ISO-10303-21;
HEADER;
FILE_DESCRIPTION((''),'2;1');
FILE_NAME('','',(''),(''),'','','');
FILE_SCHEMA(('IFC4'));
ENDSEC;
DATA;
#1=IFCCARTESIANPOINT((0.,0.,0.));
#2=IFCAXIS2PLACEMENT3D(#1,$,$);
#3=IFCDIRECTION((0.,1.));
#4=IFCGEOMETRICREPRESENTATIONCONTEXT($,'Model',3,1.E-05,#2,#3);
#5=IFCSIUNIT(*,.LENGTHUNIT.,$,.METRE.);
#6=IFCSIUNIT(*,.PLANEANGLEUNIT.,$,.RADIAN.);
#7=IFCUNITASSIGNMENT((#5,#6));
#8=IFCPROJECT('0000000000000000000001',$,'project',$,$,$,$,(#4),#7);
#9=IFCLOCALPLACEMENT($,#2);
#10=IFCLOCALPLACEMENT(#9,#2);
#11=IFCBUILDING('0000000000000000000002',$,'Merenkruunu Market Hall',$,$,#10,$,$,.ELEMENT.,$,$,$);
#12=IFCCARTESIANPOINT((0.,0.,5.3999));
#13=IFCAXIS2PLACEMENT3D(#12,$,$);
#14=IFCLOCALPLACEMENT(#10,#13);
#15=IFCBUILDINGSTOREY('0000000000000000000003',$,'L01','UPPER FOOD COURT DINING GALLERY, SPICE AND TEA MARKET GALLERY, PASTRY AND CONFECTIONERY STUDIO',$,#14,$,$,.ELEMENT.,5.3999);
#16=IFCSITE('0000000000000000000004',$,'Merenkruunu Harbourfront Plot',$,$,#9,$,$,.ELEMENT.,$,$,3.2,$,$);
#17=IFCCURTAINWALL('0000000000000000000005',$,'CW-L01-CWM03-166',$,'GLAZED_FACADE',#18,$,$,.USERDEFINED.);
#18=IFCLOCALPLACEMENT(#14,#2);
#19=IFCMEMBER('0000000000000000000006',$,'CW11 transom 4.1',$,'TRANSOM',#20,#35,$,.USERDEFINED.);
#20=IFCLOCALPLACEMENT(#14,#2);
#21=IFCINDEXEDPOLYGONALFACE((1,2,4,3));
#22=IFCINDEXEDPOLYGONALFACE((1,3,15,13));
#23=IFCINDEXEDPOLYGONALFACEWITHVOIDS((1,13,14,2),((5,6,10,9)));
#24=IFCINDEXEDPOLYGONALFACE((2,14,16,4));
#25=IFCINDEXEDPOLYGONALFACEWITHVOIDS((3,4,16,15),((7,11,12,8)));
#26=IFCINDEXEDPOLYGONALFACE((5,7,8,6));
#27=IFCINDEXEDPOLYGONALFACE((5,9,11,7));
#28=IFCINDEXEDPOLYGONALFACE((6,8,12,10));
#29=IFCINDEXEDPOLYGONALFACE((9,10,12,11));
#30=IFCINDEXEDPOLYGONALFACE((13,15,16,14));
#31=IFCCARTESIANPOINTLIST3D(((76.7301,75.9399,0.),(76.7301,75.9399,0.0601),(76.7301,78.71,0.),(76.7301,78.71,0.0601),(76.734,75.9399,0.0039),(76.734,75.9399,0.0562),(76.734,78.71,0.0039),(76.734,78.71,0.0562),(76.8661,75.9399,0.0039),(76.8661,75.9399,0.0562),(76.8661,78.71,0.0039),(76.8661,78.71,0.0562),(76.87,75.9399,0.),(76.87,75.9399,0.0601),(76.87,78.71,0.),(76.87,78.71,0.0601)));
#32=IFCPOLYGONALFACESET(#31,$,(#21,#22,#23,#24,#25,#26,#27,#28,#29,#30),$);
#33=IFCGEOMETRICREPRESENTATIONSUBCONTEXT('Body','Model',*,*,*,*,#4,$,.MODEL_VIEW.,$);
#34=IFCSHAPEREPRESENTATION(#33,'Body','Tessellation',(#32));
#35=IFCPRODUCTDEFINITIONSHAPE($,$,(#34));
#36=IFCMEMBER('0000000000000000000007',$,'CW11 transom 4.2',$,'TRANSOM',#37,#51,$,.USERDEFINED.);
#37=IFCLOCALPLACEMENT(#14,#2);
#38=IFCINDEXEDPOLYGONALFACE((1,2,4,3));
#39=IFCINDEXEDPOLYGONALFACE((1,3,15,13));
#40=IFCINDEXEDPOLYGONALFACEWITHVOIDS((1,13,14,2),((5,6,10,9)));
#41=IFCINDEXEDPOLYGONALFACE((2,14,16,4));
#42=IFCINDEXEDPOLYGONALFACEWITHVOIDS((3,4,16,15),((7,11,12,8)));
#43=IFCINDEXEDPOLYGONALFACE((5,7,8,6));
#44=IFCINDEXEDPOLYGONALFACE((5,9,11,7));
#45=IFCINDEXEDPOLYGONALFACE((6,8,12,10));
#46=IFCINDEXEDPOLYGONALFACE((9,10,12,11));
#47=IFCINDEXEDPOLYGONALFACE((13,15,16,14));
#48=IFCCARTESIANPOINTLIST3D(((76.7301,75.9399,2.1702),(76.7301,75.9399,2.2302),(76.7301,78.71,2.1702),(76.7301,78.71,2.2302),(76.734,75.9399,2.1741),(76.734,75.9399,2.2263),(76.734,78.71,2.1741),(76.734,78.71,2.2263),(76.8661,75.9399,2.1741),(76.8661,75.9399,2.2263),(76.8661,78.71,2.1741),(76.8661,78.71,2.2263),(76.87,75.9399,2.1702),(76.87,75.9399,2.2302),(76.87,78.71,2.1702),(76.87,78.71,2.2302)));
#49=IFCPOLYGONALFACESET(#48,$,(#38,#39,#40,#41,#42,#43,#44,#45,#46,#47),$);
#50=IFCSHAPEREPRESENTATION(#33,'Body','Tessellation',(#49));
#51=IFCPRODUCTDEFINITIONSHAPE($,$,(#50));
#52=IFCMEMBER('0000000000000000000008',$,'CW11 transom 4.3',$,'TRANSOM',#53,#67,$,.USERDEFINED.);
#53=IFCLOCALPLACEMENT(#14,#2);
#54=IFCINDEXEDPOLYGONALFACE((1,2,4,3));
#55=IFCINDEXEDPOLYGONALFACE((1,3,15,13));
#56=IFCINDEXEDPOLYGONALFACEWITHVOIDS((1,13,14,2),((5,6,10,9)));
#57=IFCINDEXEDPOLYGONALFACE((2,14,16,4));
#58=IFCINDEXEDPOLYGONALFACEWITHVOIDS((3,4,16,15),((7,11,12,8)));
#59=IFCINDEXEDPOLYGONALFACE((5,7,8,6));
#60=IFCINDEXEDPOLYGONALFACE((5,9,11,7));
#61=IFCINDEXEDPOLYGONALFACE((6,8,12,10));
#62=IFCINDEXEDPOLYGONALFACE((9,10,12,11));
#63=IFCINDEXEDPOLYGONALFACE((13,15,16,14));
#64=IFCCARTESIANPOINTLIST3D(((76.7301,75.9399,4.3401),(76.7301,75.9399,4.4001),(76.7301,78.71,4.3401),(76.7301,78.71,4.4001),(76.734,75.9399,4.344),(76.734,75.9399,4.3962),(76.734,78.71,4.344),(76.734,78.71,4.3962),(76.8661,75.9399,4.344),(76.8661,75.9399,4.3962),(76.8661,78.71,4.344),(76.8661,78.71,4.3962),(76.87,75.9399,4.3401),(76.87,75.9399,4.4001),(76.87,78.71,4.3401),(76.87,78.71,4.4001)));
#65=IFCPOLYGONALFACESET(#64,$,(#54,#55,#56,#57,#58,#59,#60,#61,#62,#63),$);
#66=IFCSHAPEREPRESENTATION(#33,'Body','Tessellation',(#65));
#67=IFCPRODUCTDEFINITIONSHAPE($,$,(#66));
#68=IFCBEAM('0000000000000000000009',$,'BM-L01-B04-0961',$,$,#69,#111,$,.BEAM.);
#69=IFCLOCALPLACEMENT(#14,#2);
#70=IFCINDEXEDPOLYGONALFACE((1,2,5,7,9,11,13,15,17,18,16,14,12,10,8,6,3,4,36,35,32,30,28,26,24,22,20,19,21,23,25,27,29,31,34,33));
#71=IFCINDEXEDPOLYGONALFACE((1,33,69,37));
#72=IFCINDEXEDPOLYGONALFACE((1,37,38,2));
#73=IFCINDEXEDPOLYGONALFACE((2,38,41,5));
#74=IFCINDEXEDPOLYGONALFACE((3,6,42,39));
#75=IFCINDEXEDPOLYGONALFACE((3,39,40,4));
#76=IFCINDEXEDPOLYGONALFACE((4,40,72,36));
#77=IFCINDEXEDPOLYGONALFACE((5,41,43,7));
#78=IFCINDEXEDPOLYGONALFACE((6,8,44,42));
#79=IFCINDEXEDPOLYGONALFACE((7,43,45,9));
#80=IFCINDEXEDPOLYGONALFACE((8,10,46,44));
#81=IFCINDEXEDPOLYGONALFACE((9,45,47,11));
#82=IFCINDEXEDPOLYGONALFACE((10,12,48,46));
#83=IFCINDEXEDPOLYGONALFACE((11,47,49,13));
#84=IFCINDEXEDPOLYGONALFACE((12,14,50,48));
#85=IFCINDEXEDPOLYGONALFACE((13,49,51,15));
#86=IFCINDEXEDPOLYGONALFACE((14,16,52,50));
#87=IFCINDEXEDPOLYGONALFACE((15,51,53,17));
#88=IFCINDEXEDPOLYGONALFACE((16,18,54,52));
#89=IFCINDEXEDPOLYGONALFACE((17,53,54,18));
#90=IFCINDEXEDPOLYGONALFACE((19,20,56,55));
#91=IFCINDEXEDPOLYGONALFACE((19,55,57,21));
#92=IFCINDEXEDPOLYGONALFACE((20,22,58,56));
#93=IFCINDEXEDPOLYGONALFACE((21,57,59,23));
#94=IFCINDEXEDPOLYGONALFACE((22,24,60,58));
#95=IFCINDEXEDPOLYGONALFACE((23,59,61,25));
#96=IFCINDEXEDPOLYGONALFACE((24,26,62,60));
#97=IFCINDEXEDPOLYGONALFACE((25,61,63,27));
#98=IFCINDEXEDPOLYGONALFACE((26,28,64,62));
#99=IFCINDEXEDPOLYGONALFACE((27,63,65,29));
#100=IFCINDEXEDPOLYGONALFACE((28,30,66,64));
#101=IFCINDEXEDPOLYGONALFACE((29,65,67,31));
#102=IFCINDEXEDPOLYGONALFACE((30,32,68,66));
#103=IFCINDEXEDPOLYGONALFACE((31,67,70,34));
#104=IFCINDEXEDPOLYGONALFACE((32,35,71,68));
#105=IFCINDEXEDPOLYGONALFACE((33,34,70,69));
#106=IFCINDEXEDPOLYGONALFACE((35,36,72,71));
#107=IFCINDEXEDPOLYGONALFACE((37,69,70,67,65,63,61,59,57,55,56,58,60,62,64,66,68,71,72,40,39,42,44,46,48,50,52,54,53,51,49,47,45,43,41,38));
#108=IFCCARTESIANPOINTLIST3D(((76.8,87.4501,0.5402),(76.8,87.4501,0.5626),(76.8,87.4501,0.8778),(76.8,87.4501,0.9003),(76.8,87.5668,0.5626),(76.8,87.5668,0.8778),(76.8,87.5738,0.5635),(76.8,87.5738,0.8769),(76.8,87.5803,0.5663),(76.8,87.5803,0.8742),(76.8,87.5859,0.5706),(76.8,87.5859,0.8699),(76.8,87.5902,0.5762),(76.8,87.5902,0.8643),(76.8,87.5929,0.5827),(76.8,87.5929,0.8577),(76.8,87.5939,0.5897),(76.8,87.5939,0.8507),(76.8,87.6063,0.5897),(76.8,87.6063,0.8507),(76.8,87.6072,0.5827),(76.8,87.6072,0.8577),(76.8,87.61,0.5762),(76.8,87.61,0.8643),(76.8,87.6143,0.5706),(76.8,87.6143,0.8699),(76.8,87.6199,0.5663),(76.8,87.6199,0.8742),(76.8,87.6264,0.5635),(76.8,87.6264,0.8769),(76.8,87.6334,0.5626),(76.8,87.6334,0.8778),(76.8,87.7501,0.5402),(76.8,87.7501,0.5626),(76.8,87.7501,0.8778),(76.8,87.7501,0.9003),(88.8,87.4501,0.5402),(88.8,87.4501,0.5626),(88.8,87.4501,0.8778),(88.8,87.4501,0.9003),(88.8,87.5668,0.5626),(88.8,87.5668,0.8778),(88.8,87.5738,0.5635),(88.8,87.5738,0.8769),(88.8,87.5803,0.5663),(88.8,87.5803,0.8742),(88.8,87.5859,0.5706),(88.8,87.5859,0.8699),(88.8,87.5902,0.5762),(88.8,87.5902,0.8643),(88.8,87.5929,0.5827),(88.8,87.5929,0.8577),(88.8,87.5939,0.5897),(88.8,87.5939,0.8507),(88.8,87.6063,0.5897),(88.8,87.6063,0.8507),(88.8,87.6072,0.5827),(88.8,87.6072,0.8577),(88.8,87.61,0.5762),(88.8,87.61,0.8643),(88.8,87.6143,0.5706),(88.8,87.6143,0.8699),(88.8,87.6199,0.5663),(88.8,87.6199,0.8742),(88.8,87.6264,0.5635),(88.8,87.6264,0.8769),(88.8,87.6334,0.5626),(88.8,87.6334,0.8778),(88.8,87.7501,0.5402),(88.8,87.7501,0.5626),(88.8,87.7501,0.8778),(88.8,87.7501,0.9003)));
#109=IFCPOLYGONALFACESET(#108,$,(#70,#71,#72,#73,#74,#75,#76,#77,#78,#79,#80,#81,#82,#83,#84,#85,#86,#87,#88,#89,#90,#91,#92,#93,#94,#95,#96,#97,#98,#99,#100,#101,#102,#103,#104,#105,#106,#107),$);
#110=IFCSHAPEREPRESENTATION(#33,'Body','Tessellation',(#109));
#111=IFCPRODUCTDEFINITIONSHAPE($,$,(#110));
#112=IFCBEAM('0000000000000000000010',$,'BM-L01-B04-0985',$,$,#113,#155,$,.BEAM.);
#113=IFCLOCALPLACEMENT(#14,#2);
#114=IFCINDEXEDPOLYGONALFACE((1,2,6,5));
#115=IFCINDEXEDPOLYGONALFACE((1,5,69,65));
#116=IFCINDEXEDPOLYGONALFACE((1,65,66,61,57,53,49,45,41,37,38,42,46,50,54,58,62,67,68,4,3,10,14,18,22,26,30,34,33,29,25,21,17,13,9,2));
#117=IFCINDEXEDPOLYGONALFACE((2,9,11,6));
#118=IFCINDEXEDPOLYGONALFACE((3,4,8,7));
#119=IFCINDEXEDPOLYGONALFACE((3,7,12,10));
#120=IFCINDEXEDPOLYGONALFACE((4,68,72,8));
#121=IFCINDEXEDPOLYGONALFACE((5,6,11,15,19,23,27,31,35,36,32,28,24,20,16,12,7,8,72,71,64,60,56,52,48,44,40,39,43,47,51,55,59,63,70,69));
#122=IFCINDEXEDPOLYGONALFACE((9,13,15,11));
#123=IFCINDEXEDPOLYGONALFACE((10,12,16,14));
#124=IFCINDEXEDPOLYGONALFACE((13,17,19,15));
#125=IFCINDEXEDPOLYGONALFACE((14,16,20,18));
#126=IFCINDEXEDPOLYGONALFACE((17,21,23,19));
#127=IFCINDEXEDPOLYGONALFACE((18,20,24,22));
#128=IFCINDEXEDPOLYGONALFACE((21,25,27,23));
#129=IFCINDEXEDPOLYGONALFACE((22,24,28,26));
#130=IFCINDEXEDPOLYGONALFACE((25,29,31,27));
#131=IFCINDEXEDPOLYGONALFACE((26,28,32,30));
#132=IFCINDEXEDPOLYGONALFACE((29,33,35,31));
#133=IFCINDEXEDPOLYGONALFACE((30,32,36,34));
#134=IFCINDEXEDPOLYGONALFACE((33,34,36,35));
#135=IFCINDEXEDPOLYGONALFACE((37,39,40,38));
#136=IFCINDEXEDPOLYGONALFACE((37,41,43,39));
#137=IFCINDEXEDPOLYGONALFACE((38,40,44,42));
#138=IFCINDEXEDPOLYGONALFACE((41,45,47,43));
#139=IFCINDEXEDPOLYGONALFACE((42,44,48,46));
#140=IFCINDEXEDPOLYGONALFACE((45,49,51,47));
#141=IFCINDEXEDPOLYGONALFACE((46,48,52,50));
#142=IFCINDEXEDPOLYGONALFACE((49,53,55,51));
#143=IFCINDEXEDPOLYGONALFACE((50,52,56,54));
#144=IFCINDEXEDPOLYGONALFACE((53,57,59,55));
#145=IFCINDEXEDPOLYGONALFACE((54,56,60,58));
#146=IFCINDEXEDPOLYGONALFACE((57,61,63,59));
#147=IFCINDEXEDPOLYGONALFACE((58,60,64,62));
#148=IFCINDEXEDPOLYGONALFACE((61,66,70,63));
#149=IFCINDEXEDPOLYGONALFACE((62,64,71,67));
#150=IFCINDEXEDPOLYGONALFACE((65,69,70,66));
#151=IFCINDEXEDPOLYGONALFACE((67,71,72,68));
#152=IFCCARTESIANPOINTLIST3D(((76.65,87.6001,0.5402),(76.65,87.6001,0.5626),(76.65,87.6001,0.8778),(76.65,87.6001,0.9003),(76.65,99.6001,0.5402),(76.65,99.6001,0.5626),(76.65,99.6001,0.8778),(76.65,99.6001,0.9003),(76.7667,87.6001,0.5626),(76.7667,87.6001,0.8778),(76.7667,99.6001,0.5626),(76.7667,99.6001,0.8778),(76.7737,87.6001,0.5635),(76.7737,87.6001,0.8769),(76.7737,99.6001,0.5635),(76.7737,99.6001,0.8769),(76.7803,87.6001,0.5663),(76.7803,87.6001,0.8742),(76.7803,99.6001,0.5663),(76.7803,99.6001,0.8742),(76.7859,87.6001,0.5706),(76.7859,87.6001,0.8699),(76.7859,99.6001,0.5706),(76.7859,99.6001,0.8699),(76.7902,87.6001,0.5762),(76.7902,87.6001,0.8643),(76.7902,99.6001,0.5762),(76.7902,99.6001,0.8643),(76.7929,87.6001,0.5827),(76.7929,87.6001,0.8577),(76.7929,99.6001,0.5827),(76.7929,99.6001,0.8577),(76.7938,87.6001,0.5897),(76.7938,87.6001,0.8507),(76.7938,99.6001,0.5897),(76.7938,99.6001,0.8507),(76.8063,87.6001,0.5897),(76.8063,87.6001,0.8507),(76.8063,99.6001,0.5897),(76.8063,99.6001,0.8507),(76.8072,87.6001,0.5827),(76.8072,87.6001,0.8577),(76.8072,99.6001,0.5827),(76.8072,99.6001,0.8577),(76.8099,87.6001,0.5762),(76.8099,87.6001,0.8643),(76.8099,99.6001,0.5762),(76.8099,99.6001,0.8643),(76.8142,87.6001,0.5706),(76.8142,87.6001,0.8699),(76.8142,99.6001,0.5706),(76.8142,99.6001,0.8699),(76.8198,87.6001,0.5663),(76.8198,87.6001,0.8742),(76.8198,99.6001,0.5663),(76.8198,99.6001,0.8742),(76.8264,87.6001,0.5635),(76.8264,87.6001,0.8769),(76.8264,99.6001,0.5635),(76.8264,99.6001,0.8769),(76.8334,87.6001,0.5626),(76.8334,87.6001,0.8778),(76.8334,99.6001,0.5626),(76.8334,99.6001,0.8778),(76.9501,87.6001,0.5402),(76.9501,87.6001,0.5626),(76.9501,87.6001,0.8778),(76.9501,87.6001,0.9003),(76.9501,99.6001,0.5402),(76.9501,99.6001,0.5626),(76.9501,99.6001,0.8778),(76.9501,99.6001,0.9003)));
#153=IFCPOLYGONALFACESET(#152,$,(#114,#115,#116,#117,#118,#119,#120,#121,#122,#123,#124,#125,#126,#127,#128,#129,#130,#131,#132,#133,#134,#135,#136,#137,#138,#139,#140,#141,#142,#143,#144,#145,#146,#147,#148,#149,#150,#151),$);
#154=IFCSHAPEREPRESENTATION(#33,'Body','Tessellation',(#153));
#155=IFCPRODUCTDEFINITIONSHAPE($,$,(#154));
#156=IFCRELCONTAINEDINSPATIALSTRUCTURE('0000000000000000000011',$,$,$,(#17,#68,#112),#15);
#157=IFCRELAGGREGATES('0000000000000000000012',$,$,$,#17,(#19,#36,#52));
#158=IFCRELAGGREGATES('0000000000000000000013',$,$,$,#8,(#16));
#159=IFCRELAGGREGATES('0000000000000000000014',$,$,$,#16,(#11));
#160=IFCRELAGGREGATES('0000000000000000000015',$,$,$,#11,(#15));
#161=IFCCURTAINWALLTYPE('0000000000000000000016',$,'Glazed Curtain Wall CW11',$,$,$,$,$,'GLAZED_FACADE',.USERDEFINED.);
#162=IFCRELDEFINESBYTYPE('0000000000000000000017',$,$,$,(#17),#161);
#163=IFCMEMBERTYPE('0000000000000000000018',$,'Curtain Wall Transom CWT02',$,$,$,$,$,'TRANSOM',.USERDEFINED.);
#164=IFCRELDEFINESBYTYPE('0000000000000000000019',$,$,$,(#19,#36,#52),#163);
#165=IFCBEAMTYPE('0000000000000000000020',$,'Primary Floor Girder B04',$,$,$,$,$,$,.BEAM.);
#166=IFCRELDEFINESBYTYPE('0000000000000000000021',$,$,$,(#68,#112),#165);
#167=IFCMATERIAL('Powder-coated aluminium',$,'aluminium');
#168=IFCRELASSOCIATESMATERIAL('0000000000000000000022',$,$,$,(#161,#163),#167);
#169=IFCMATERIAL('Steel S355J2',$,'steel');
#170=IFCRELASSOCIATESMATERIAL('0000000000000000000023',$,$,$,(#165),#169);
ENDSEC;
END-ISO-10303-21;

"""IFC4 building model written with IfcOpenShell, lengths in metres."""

from ifc_helpers import new_model, si_unit, direction, frame, origin, origin_2d, place, context, subcontext, project, spatial, hollow_rectangle, i_section, extrude, material, material_profile, profile_set, type_object, element, aggregate, save


model = new_model("IFC4")

# Units and contexts
model_context = context("Model", 3, precision=1e-05, world=origin(), true_north=direction((0.0, 1.0)))
body_context = subcontext(model_context, "Body", "Model", "MODEL_VIEW")
ifc_project = project(units=[si_unit("LENGTHUNIT", "METRE"), si_unit("PLANEANGLEUNIT", "RADIAN")], contexts=[model_context])

# Site, building, storey
site_placement = place(None, origin())
site = spatial("IfcSite", under=ifc_project, at=site_placement, Name="Merenkruunu Harbourfront Plot", CompositionType="ELEMENT", RefElevation=3.2)
building_placement = place(site_placement, origin())
building = spatial("IfcBuilding", under=site, at=building_placement, Name="Merenkruunu Market Hall", CompositionType="ELEMENT")
storey_placement = place(building_placement, frame((0.0, 0.0, 5.3999)))
storey = spatial("IfcBuildingStorey", under=building, at=storey_placement, Name="L01", Description="UPPER FOOD COURT DINING GALLERY, SPICE AND TEA MARKET GALLERY, PASTRY AND CONFECTIONERY STUDIO", CompositionType="ELEMENT", Elevation=5.3999)

# Shared definitions
ifc_material_1 = material(Name="Powder-coated aluminium", Category="aluminium")
curtain_wall_type = type_object("IfcCurtainWallType", Name="Glazed Curtain Wall CW11", ElementType="GLAZED_FACADE", PredefinedType="USERDEFINED", material=ifc_material_1)

# Curtain wall
curtain_wall_1_placement = place(storey_placement, origin())
curtain_wall_1 = element("IfcCurtainWall", 1, at=curtain_wall_1_placement, inside=storey, type_object=curtain_wall_type, Name="CW-L01-CWM03-166", ObjectType="GLAZED_FACADE", PredefinedType="USERDEFINED")

# Members
ifc_material_profile_1 = material_profile(ifc_material_1, hollow_rectangle(XDim=0.0601, YDim=0.1399, WallThickness=0.0039, at=origin_2d()), Name="ALU 60x140x4")
ifc_profile_set_1 = profile_set([ifc_material_profile_1], Name="Powder-coated aluminium")
member_type_1 = type_object("IfcMemberType", Name="Curtain Wall Transom CWT02", ElementType="TRANSOM", PredefinedType="USERDEFINED", material=ifc_profile_set_1)
member_1_placement = place(storey_placement, frame((76.8, 78.71, 0.03), z_axis=(0.0, -1.0, 0.0), x_axis=(0.0, 0.0, 1.0)))
member_1 = element("IfcMember", 2, at=member_1_placement, type_object=member_type_1, Name="CW11 transom 4.1", ObjectType="TRANSOM", PredefinedType="USERDEFINED", context=body_context, shape_type="SweptSolid", body=[
    extrude(hollow_rectangle(XDim=0.0601, YDim=0.1399, WallThickness=0.0039, at=origin_2d()), origin(), (0.0, 0.0, 1.0), 2.77),
])
member_2_placement = place(storey_placement, frame((76.8, 78.71, 2.2002), z_axis=(0.0, -1.0, 0.0), x_axis=(0.0, 0.0, 1.0)))
member_2 = element("IfcMember", 3, at=member_2_placement, type_object=member_type_1, Name="CW11 transom 4.2", ObjectType="TRANSOM", PredefinedType="USERDEFINED", context=body_context, shape_type="SweptSolid", body=[
    extrude(hollow_rectangle(XDim=0.0601, YDim=0.1399, WallThickness=0.0039, at=origin_2d()), origin(), (0.0, 0.0, 1.0), 2.77),
])
member_3_placement = place(storey_placement, frame((76.8, 78.71, 4.3701), z_axis=(0.0, -1.0, 0.0), x_axis=(0.0, 0.0, 1.0)))
member_3 = element("IfcMember", 4, at=member_3_placement, type_object=member_type_1, Name="CW11 transom 4.3", ObjectType="TRANSOM", PredefinedType="USERDEFINED", context=body_context, shape_type="SweptSolid", body=[
    extrude(hollow_rectangle(XDim=0.0601, YDim=0.1399, WallThickness=0.0039, at=origin_2d()), origin(), (0.0, 0.0, 1.0), 2.77),
])

# Beams
ifc_material_2 = material(Name="Steel S355J2", Category="steel")
ifc_material_profile_2 = material_profile(ifc_material_2, i_section(OverallWidth=0.3, OverallDepth=0.3601, WebThickness=0.0125, FlangeThickness=0.0225, FilletRadius=0.0271, at=origin_2d()), Name="HEB 360")
ifc_profile_set_2 = profile_set([ifc_material_profile_2], Name="Steel S355J2")
beam_type_1 = type_object("IfcBeamType", Name="Primary Floor Girder B04", PredefinedType="BEAM", material=ifc_profile_set_2)
for number, where, z_axis, x_axis, name in (
    (5, (76.8, 87.6001, 0.7202), (1.0, 0.0, 0.0), (0.0, 1.0, 0.0), "BM-L01-B04-0961"),
    (6, (76.8, 87.6001, 0.7202), (0.0, 1.0, 0.0), (-1.0, 0.0, 0.0), "BM-L01-B04-0985"),
):
    element("IfcBeam", number, at=place(storey_placement, frame(where, z_axis=z_axis, x_axis=x_axis)), inside=storey, type_object=beam_type_1, Name=name, PredefinedType="BEAM", context=body_context, shape_type="SweptSolid", body=[
        extrude(i_section(OverallWidth=0.3, OverallDepth=0.3601, WebThickness=0.0125, FlangeThickness=0.0225, FilletRadius=0.0271, at=origin_2d()), origin(), (0.0, 0.0, 1.0), 12.0),
    ])

aggregate(curtain_wall_1, [member_1, member_2, member_3])

save(model, "model.ifc")
